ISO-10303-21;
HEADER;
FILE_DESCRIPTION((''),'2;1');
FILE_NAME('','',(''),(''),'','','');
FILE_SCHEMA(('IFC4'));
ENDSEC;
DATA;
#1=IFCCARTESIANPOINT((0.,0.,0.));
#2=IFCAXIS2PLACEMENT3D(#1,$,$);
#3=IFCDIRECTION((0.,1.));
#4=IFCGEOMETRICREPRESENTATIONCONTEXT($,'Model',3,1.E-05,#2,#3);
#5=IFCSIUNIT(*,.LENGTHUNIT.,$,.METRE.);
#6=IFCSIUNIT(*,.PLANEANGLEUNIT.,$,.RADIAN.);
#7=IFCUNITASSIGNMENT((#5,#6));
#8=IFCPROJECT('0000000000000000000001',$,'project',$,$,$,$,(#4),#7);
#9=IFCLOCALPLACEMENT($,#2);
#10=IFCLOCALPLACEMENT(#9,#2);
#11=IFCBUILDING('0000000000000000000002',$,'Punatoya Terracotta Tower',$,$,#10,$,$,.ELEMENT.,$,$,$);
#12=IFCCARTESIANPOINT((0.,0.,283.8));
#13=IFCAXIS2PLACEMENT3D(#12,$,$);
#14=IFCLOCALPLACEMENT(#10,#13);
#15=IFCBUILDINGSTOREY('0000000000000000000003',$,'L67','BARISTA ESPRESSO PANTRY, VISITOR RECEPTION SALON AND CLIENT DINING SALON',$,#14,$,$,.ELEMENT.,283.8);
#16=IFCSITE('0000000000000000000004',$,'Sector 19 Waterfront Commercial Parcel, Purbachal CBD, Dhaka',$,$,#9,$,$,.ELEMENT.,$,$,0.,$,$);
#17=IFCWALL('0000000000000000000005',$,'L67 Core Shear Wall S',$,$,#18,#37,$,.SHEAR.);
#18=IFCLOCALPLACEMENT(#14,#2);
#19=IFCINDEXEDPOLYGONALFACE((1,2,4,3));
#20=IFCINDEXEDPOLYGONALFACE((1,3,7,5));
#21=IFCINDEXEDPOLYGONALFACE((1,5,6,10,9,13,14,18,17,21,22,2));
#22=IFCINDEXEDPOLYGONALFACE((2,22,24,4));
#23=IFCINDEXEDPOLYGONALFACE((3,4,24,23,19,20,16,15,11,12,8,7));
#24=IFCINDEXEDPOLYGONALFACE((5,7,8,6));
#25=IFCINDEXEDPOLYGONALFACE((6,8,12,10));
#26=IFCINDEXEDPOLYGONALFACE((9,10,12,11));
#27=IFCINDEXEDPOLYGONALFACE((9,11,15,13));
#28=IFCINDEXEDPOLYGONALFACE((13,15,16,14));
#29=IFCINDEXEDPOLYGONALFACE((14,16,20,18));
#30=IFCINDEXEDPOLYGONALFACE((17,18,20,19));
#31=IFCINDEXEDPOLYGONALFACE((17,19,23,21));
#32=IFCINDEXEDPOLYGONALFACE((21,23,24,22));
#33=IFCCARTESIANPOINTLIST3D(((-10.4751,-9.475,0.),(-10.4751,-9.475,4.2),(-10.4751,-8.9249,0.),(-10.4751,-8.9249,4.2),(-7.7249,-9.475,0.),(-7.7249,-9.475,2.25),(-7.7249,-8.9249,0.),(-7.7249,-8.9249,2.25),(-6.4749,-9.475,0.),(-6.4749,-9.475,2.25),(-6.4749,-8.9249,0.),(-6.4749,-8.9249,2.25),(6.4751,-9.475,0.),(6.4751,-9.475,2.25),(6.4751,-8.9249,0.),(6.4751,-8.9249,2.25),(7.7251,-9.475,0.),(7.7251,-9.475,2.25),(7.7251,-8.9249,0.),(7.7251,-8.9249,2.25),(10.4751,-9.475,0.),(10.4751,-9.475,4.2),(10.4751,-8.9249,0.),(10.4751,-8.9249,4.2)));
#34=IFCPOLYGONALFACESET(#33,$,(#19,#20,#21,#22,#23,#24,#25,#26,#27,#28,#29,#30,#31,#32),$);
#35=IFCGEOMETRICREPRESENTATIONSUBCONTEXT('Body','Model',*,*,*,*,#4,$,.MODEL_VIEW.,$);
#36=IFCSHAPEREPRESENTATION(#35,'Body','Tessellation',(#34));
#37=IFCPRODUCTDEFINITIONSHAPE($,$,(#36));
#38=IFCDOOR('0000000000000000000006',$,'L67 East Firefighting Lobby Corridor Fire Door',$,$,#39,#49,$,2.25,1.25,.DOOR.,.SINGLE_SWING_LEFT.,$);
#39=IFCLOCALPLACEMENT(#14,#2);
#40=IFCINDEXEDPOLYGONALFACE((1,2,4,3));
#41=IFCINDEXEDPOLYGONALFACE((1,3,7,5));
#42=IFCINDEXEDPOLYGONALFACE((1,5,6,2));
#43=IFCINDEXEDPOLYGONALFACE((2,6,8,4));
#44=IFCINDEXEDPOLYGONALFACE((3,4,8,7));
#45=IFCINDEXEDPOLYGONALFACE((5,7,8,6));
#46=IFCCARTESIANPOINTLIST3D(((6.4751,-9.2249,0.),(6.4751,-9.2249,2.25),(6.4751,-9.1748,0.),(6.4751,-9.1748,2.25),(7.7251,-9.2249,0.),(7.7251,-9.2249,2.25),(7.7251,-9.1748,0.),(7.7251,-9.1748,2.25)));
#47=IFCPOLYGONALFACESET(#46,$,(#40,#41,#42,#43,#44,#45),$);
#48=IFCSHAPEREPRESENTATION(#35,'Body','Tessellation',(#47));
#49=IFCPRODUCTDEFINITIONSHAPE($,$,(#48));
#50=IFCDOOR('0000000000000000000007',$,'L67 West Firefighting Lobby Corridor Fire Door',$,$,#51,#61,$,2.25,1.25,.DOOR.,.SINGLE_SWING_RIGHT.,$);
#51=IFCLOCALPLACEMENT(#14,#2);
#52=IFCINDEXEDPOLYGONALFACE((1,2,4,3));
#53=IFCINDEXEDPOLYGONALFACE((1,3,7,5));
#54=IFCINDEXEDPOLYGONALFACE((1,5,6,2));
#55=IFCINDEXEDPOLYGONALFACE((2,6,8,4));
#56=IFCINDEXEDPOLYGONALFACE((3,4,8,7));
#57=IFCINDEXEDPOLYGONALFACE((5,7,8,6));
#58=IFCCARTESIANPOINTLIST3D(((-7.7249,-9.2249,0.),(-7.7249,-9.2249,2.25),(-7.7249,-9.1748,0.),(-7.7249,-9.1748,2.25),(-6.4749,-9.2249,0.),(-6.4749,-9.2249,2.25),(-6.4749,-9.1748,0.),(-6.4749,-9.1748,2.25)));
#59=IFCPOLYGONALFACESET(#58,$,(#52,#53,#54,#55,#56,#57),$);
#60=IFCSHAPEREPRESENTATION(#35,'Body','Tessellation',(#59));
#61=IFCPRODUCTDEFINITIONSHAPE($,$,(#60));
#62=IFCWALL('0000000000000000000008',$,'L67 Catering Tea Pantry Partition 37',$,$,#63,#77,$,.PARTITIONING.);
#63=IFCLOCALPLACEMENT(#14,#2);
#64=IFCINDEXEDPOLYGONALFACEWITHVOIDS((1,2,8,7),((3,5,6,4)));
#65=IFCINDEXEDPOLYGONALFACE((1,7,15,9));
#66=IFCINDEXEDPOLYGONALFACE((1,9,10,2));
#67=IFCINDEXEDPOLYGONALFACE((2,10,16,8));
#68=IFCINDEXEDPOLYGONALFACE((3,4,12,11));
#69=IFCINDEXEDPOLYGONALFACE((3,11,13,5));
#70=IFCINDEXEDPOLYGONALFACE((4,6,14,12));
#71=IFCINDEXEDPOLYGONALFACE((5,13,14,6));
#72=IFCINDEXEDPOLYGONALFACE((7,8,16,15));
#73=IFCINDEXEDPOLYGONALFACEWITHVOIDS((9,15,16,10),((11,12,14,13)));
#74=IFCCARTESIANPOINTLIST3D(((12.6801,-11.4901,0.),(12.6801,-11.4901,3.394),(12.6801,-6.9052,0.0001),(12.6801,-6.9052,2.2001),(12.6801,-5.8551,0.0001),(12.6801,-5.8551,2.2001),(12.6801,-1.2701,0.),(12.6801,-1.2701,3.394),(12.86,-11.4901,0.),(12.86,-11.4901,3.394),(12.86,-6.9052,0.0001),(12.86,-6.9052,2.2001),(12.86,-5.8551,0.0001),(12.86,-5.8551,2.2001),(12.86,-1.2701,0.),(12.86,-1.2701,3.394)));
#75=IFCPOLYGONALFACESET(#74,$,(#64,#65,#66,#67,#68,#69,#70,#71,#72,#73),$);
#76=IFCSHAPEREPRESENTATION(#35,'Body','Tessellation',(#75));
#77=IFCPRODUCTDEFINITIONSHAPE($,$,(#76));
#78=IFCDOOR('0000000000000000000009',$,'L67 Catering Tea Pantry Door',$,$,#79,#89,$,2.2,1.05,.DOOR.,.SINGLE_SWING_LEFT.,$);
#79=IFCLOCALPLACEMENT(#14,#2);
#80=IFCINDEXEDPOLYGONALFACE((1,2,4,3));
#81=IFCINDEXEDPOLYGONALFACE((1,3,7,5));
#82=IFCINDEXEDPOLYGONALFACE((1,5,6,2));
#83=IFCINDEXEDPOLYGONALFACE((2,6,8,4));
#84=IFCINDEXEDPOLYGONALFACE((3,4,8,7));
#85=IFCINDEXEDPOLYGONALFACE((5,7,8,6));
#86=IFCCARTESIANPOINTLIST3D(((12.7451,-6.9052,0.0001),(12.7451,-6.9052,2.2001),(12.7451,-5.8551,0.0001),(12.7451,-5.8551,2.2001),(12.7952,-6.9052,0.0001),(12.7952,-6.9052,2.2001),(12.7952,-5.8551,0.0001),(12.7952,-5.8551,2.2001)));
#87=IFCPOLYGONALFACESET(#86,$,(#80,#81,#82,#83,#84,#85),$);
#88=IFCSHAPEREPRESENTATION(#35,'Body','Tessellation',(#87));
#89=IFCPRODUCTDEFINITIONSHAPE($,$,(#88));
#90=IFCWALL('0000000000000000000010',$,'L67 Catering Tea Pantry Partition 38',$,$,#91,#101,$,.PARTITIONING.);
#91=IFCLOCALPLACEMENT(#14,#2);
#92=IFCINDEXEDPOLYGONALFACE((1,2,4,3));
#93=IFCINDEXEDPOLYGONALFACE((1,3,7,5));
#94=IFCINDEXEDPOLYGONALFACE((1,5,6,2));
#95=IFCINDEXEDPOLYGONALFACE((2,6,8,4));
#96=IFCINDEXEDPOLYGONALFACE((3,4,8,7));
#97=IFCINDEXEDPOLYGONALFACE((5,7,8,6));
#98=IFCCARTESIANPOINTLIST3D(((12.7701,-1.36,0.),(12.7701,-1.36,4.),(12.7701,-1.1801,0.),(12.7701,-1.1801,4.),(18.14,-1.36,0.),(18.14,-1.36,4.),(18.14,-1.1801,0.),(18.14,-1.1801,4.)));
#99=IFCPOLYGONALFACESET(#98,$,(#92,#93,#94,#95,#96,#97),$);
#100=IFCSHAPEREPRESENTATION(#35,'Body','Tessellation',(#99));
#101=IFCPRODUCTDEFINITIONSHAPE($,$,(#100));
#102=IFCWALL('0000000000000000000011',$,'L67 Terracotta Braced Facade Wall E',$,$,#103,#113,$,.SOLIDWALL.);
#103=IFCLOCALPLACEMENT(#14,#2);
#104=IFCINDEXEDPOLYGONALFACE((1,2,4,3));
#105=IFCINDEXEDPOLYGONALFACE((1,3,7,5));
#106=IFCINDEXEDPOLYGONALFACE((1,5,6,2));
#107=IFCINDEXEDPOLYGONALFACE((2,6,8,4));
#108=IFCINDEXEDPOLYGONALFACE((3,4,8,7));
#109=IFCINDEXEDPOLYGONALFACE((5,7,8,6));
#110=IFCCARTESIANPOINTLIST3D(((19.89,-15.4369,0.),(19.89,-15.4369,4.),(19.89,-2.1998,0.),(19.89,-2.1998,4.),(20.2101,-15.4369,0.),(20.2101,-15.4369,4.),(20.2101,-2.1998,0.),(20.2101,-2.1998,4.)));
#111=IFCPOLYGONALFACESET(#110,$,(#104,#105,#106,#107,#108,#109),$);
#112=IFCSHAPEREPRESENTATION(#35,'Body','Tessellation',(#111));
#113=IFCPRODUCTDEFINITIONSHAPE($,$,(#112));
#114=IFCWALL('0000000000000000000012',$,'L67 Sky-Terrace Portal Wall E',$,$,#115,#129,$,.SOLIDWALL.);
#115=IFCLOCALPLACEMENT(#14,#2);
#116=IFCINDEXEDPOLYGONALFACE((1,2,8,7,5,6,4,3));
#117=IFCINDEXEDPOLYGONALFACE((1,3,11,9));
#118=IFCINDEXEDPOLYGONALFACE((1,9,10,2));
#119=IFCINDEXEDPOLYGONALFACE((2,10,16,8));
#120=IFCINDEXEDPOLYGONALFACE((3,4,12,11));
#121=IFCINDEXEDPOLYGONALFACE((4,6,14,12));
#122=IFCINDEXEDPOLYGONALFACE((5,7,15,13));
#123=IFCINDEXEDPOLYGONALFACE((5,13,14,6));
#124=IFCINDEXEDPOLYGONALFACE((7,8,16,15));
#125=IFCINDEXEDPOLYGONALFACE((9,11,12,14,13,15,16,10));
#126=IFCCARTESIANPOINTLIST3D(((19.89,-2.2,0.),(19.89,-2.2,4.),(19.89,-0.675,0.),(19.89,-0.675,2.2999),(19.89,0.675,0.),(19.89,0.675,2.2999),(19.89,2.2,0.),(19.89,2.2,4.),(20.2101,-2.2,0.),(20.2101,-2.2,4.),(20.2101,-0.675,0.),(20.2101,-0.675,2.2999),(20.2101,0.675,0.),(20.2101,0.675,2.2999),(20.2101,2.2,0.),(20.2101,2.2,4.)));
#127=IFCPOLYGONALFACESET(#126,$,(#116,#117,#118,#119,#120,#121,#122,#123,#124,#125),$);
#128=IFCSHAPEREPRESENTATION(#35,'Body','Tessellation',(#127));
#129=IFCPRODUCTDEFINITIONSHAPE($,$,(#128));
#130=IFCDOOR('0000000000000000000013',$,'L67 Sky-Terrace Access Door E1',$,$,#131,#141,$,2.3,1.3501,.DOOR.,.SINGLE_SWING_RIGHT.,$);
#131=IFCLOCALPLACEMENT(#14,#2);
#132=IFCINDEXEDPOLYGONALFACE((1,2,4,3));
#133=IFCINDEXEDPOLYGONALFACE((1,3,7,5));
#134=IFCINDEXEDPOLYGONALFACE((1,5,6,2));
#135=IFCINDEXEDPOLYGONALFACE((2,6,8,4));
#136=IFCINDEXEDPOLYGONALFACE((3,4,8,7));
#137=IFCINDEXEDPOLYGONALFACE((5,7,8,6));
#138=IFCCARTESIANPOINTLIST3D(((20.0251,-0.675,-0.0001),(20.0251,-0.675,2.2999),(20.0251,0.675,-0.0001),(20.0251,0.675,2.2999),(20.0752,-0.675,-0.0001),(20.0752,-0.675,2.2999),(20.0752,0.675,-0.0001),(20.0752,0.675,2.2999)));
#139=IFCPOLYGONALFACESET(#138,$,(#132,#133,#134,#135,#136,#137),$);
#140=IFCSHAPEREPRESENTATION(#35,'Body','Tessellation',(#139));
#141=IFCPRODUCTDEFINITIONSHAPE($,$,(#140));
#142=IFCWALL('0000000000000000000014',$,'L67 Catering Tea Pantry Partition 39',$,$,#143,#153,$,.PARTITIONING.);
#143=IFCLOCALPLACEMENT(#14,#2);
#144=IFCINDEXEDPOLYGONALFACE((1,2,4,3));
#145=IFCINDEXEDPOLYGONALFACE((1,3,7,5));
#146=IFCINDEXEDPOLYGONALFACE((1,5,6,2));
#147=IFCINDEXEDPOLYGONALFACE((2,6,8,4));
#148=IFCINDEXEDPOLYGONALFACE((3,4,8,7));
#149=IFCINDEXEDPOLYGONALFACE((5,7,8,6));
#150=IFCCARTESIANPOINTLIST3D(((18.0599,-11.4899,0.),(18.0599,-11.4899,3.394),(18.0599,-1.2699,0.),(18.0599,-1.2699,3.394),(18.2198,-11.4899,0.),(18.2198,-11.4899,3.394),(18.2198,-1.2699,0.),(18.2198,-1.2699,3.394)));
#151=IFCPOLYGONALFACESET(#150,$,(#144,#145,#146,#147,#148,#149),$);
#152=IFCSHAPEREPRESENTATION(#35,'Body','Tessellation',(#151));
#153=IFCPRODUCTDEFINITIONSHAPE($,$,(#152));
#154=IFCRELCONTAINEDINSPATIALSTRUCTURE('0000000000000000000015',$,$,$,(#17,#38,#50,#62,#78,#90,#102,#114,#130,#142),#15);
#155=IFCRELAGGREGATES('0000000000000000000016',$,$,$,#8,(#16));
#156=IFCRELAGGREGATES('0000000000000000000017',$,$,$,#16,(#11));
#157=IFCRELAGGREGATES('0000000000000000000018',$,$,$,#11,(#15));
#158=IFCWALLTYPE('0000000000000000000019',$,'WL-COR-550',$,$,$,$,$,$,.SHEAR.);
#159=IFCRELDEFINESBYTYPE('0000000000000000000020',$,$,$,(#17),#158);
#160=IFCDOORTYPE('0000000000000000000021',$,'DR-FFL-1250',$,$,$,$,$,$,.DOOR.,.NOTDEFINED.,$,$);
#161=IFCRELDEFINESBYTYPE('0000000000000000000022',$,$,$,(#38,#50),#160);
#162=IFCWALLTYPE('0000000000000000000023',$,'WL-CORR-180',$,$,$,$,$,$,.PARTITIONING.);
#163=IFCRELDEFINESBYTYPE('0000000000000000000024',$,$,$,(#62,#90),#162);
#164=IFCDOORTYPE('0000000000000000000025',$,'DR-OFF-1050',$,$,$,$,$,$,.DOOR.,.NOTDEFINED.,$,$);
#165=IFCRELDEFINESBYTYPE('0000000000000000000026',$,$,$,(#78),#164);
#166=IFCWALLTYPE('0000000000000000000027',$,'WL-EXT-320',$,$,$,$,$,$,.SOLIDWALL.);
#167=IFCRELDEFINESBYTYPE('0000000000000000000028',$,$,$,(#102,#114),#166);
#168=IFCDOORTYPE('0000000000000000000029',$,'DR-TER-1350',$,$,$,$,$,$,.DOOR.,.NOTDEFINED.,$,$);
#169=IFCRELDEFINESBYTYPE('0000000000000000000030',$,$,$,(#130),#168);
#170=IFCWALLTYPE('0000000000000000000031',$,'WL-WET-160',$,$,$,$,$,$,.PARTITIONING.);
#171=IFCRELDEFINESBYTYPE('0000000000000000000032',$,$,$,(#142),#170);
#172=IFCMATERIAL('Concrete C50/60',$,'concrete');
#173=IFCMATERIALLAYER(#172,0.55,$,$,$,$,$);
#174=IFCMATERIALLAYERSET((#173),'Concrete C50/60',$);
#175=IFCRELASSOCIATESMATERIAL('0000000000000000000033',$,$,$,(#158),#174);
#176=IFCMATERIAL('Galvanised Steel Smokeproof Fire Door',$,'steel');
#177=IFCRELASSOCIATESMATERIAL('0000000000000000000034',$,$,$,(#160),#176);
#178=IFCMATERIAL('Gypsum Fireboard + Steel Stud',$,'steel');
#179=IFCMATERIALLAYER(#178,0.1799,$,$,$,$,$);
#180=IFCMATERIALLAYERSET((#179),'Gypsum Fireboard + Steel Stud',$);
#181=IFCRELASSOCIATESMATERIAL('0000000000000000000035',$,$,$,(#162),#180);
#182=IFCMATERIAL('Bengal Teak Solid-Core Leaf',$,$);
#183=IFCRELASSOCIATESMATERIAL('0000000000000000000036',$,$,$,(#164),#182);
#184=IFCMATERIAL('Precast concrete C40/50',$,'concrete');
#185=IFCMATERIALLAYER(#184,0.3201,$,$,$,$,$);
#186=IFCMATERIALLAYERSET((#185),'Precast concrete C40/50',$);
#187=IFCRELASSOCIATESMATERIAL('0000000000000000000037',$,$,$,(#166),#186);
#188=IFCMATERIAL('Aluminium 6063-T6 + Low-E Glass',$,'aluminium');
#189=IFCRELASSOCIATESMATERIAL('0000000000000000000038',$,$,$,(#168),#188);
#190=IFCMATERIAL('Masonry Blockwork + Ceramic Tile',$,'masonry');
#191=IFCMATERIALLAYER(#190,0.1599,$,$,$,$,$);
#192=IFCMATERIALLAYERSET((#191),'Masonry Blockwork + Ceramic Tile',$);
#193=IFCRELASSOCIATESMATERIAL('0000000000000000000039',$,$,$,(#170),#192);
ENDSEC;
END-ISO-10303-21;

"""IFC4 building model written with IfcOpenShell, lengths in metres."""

from ifc_helpers import new_model, si_unit, direction, frame, frame_2d, origin, place, context, subcontext, project, spatial, rectangle, extrude, material, layer, layer_set, type_object, element, fill, save


model = new_model("IFC4")

# Units and contexts
model_context = context("Model", 3, precision=1e-05, world=origin(), true_north=direction((0.0, 1.0)))
body_context = subcontext(model_context, "Body", "Model", "MODEL_VIEW")
ifc_project = project(units=[si_unit("LENGTHUNIT", "METRE"), si_unit("PLANEANGLEUNIT", "RADIAN")], contexts=[model_context])

# Site, building, storey
site_placement = place(None, origin())
site = spatial("IfcSite", under=ifc_project, at=site_placement, Name="Sector 19 Waterfront Commercial Parcel, Purbachal CBD, Dhaka", CompositionType="ELEMENT", RefElevation=0.0)
building_placement = place(site_placement, origin())
building = spatial("IfcBuilding", under=site, at=building_placement, Name="Punatoya Terracotta Tower", CompositionType="ELEMENT")
storey_placement = place(building_placement, frame((0.0, 0.0, 283.8)))
storey = spatial("IfcBuildingStorey", under=building, at=storey_placement, Name="L67", Description="BARISTA ESPRESSO PANTRY, VISITOR RECEPTION SALON AND CLIENT DINING SALON", CompositionType="ELEMENT", Elevation=283.8)

# Wall, openings, doors
ifc_material_1 = material(Name="Concrete C50/60", Category="concrete")
ifc_layer_1 = layer(ifc_material_1, 0.55)
ifc_layer_set_1 = layer_set([ifc_layer_1], Name="Concrete C50/60")
wall_type_1 = type_object("IfcWallType", Name="WL-COR-550", PredefinedType="SHEAR", material=ifc_layer_set_1)
wall_1_placement = place(storey_placement, frame((10.4751, -9.2, 0.0), z_axis=(0.0, 0.0, 1.0), x_axis=(-1.0, 0.0, 0.0)))
wall_1 = element("IfcWall", 1, at=wall_1_placement, inside=storey, type_object=wall_type_1, Name="L67 Core Shear Wall S", PredefinedType="SHEAR", context=body_context, shape_type="SweptSolid", body=[
    extrude(rectangle(XDim=20.9502, YDim=0.55, at=frame_2d((10.4751, 0.0))), origin(), (0.0, 0.0, 1.0), 4.2),
])
opening_1_placement = place(wall_1_placement, frame((2.75, 0.0, 0.0)))
opening_1 = element("IfcOpeningElement", 2, at=opening_1_placement, cuts=wall_1, PredefinedType="OPENING", context=body_context, shape_type="SweptSolid", body=[
    extrude(rectangle(XDim=1.25, YDim=2.25, at=frame_2d((0.625, 1.125))), frame((0.0, 0.2849, 0.0), z_axis=(0.0, -1.0, 0.0), x_axis=(1.0, 0.0, 0.0)), (0.0, 0.0, 1.0), 0.5701),
])
opening_2_placement = place(wall_1_placement, frame((16.95, 0.0, 0.0)))
opening_2 = element("IfcOpeningElement", 3, at=opening_2_placement, cuts=wall_1, PredefinedType="OPENING", context=body_context, shape_type="SweptSolid", body=[
    extrude(rectangle(XDim=1.25, YDim=2.25, at=frame_2d((0.625, 1.125))), frame((0.0, 0.2849, 0.0), z_axis=(0.0, -1.0, 0.0), x_axis=(1.0, 0.0, 0.0)), (0.0, 0.0, 1.0), 0.5701),
])
ifc_material_2 = material(Name="Galvanised Steel Smokeproof Fire Door", Category="steel")
door_type_1 = type_object("IfcDoorType", Name="DR-FFL-1250", OperationType="NOTDEFINED", PredefinedType="DOOR", material=ifc_material_2)
door_1_placement = place(opening_1_placement, origin())
door_1 = element("IfcDoor", 4, at=door_1_placement, inside=storey, type_object=door_type_1, Name="L67 East Firefighting Lobby Corridor Fire Door", OperationType="SINGLE_SWING_LEFT", OverallHeight=2.25, OverallWidth=1.25, PredefinedType="DOOR", context=body_context, shape_type="SweptSolid", body=[
    extrude(rectangle(XDim=1.25, YDim=2.25, at=frame_2d((0.625, 1.125))), frame((0.0, 0.0249, 0.0), z_axis=(0.0, -1.0, 0.0), x_axis=(1.0, 0.0, 0.0)), (0.0, 0.0, 1.0), 0.05),
])
fill(opening_1, door_1)
door_2_placement = place(opening_2_placement, origin())
door_2 = element("IfcDoor", 5, at=door_2_placement, inside=storey, type_object=door_type_1, Name="L67 West Firefighting Lobby Corridor Fire Door", OperationType="SINGLE_SWING_RIGHT", OverallHeight=2.25, OverallWidth=1.25, PredefinedType="DOOR", context=body_context, shape_type="SweptSolid", body=[
    extrude(rectangle(XDim=1.25, YDim=2.25, at=frame_2d((0.625, 1.125))), frame((0.0, 0.0249, 0.0), z_axis=(0.0, -1.0, 0.0), x_axis=(1.0, 0.0, 0.0)), (0.0, 0.0, 1.0), 0.05),
])
fill(opening_2, door_2)

# Wall, opening, door
ifc_material_3 = material(Name="Gypsum Fireboard + Steel Stud", Category="steel")
ifc_layer_2 = layer(ifc_material_3, 0.1799)
ifc_layer_set_2 = layer_set([ifc_layer_2], Name="Gypsum Fireboard + Steel Stud")
wall_type_2 = type_object("IfcWallType", Name="WL-CORR-180", PredefinedType="PARTITIONING", material=ifc_layer_set_2)
wall_2_placement = place(storey_placement, frame((12.77, -11.49, 0.0), z_axis=(0.0, 0.0, 1.0), x_axis=(0.0, 1.0, 0.0)))
wall_2 = element("IfcWall", 6, at=wall_2_placement, inside=storey, type_object=wall_type_2, Name="L67 Catering Tea Pantry Partition 37", PredefinedType="PARTITIONING", context=body_context, shape_type="SweptSolid", body=[
    extrude(rectangle(XDim=10.22, YDim=0.1799, at=frame_2d((5.1099, 0.0))), origin(), (0.0, 0.0, 1.0), 3.394),
])
opening_3_placement = place(wall_2_placement, frame((4.585, 0.0, 0.0)))
opening_3 = element("IfcOpeningElement", 7, at=opening_3_placement, cuts=wall_2, PredefinedType="OPENING", context=body_context, shape_type="SweptSolid", body=[
    extrude(rectangle(XDim=1.05, YDim=2.2, at=frame_2d((0.5249, 1.1001))), frame((0.0, 0.0999, 0.0), z_axis=(0.0, -1.0, 0.0), x_axis=(1.0, 0.0, 0.0)), (0.0, 0.0, 1.0), 0.2),
])
ifc_material_4 = material(Name="Bengal Teak Solid-Core Leaf")
door_type_2 = type_object("IfcDoorType", Name="DR-OFF-1050", OperationType="NOTDEFINED", PredefinedType="DOOR", material=ifc_material_4)
door_3_placement = place(opening_3_placement, origin())
door_3 = element("IfcDoor", 8, at=door_3_placement, inside=storey, type_object=door_type_2, Name="L67 Catering Tea Pantry Door", OperationType="SINGLE_SWING_LEFT", OverallHeight=2.2, OverallWidth=1.05, PredefinedType="DOOR", context=body_context, shape_type="SweptSolid", body=[
    extrude(rectangle(XDim=1.05, YDim=2.2, at=frame_2d((0.5249, 1.1001))), frame((0.0, 0.0249, 0.0), z_axis=(0.0, -1.0, 0.0), x_axis=(1.0, 0.0, 0.0)), (0.0, 0.0, 1.0), 0.05),
])
fill(opening_3, door_3)

# Walls
wall_3_placement = place(storey_placement, frame((12.77, -1.27, 0.0), z_axis=(0.0, 0.0, 1.0), x_axis=(1.0, 0.0, 0.0)))
element("IfcWall", 9, at=wall_3_placement, inside=storey, type_object=wall_type_2, Name="L67 Catering Tea Pantry Partition 38", PredefinedType="PARTITIONING", context=body_context, shape_type="SweptSolid", body=[
    extrude(rectangle(XDim=5.3699, YDim=0.1799, at=frame_2d((2.6851, 0.0))), origin(), (0.0, 0.0, 1.0), 4.0),
])
ifc_material_5 = material(Name="Precast concrete C40/50", Category="concrete")
ifc_layer_3 = layer(ifc_material_5, 0.3201)
ifc_layer_set_3 = layer_set([ifc_layer_3], Name="Precast concrete C40/50")
wall_type_3 = type_object("IfcWallType", Name="WL-EXT-320", PredefinedType="SOLIDWALL", material=ifc_layer_set_3)
wall_4_placement = place(storey_placement, frame((20.05, -15.437, 0.0), z_axis=(0.0, 0.0, 1.0), x_axis=(0.0, 1.0, 0.0)))
element("IfcWall", 10, at=wall_4_placement, inside=storey, type_object=wall_type_3, Name="L67 Terracotta Braced Facade Wall E", PredefinedType="SOLIDWALL", context=body_context, shape_type="SweptSolid", body=[
    extrude(rectangle(XDim=13.2371, YDim=0.3201, at=frame_2d((6.6187, 0.0))), origin(), (0.0, 0.0, 1.0), 4.0),
])

# Wall, opening, door
wall_5_placement = place(storey_placement, frame((20.05, -2.2, 0.0), z_axis=(0.0, 0.0, 1.0), x_axis=(0.0, 1.0, 0.0)))
wall_5 = element("IfcWall", 11, at=wall_5_placement, inside=storey, type_object=wall_type_3, Name="L67 Sky-Terrace Portal Wall E", PredefinedType="SOLIDWALL", context=body_context, shape_type="SweptSolid", body=[
    extrude(rectangle(XDim=4.3999, YDim=0.3201, at=frame_2d((2.2, 0.0))), origin(), (0.0, 0.0, 1.0), 4.0),
])
opening_4_placement = place(wall_5_placement, frame((1.5249, 0.0, 0.0)))
opening_4 = element("IfcOpeningElement", 12, at=opening_4_placement, cuts=wall_5, PredefinedType="OPENING", context=body_context, shape_type="SweptSolid", body=[
    extrude(rectangle(XDim=1.3501, YDim=2.3, at=frame_2d((0.675, 1.1499))), frame((0.0, 0.1699, 0.0), z_axis=(0.0, -1.0, 0.0), x_axis=(1.0, 0.0, 0.0)), (0.0, 0.0, 1.0), 0.3401),
])
ifc_material_6 = material(Name="Aluminium 6063-T6 + Low-E Glass", Category="aluminium")
door_type_3 = type_object("IfcDoorType", Name="DR-TER-1350", OperationType="NOTDEFINED", PredefinedType="DOOR", material=ifc_material_6)
door_4_placement = place(opening_4_placement, origin())
door_4 = element("IfcDoor", 13, at=door_4_placement, inside=storey, type_object=door_type_3, Name="L67 Sky-Terrace Access Door E1", OperationType="SINGLE_SWING_RIGHT", OverallHeight=2.3, OverallWidth=1.3501, PredefinedType="DOOR", context=body_context, shape_type="SweptSolid", body=[
    extrude(rectangle(XDim=1.3501, YDim=2.3, at=frame_2d((0.675, 1.1499))), frame((0.0, 0.0249, 0.0), z_axis=(0.0, -1.0, 0.0), x_axis=(1.0, 0.0, 0.0)), (0.0, 0.0, 1.0), 0.05),
])
fill(opening_4, door_4)

# Wall
ifc_material_7 = material(Name="Masonry Blockwork + Ceramic Tile", Category="masonry")
ifc_layer_4 = layer(ifc_material_7, 0.1599)
ifc_layer_set_4 = layer_set([ifc_layer_4], Name="Masonry Blockwork + Ceramic Tile")
wall_type_4 = type_object("IfcWallType", Name="WL-WET-160", PredefinedType="PARTITIONING", material=ifc_layer_set_4)
wall_6_placement = place(storey_placement, frame((18.1399, -1.27, 0.0), z_axis=(0.0, 0.0, 1.0), x_axis=(0.0, -1.0, 0.0)))
element("IfcWall", 14, at=wall_6_placement, inside=storey, type_object=wall_type_4, Name="L67 Catering Tea Pantry Partition 39", PredefinedType="PARTITIONING", context=body_context, shape_type="SweptSolid", body=[
    extrude(rectangle(XDim=10.22, YDim=0.1599, at=frame_2d((5.1099, 0.0))), origin(), (0.0, 0.0, 1.0), 3.394),
])

save(model, "model.ifc")
